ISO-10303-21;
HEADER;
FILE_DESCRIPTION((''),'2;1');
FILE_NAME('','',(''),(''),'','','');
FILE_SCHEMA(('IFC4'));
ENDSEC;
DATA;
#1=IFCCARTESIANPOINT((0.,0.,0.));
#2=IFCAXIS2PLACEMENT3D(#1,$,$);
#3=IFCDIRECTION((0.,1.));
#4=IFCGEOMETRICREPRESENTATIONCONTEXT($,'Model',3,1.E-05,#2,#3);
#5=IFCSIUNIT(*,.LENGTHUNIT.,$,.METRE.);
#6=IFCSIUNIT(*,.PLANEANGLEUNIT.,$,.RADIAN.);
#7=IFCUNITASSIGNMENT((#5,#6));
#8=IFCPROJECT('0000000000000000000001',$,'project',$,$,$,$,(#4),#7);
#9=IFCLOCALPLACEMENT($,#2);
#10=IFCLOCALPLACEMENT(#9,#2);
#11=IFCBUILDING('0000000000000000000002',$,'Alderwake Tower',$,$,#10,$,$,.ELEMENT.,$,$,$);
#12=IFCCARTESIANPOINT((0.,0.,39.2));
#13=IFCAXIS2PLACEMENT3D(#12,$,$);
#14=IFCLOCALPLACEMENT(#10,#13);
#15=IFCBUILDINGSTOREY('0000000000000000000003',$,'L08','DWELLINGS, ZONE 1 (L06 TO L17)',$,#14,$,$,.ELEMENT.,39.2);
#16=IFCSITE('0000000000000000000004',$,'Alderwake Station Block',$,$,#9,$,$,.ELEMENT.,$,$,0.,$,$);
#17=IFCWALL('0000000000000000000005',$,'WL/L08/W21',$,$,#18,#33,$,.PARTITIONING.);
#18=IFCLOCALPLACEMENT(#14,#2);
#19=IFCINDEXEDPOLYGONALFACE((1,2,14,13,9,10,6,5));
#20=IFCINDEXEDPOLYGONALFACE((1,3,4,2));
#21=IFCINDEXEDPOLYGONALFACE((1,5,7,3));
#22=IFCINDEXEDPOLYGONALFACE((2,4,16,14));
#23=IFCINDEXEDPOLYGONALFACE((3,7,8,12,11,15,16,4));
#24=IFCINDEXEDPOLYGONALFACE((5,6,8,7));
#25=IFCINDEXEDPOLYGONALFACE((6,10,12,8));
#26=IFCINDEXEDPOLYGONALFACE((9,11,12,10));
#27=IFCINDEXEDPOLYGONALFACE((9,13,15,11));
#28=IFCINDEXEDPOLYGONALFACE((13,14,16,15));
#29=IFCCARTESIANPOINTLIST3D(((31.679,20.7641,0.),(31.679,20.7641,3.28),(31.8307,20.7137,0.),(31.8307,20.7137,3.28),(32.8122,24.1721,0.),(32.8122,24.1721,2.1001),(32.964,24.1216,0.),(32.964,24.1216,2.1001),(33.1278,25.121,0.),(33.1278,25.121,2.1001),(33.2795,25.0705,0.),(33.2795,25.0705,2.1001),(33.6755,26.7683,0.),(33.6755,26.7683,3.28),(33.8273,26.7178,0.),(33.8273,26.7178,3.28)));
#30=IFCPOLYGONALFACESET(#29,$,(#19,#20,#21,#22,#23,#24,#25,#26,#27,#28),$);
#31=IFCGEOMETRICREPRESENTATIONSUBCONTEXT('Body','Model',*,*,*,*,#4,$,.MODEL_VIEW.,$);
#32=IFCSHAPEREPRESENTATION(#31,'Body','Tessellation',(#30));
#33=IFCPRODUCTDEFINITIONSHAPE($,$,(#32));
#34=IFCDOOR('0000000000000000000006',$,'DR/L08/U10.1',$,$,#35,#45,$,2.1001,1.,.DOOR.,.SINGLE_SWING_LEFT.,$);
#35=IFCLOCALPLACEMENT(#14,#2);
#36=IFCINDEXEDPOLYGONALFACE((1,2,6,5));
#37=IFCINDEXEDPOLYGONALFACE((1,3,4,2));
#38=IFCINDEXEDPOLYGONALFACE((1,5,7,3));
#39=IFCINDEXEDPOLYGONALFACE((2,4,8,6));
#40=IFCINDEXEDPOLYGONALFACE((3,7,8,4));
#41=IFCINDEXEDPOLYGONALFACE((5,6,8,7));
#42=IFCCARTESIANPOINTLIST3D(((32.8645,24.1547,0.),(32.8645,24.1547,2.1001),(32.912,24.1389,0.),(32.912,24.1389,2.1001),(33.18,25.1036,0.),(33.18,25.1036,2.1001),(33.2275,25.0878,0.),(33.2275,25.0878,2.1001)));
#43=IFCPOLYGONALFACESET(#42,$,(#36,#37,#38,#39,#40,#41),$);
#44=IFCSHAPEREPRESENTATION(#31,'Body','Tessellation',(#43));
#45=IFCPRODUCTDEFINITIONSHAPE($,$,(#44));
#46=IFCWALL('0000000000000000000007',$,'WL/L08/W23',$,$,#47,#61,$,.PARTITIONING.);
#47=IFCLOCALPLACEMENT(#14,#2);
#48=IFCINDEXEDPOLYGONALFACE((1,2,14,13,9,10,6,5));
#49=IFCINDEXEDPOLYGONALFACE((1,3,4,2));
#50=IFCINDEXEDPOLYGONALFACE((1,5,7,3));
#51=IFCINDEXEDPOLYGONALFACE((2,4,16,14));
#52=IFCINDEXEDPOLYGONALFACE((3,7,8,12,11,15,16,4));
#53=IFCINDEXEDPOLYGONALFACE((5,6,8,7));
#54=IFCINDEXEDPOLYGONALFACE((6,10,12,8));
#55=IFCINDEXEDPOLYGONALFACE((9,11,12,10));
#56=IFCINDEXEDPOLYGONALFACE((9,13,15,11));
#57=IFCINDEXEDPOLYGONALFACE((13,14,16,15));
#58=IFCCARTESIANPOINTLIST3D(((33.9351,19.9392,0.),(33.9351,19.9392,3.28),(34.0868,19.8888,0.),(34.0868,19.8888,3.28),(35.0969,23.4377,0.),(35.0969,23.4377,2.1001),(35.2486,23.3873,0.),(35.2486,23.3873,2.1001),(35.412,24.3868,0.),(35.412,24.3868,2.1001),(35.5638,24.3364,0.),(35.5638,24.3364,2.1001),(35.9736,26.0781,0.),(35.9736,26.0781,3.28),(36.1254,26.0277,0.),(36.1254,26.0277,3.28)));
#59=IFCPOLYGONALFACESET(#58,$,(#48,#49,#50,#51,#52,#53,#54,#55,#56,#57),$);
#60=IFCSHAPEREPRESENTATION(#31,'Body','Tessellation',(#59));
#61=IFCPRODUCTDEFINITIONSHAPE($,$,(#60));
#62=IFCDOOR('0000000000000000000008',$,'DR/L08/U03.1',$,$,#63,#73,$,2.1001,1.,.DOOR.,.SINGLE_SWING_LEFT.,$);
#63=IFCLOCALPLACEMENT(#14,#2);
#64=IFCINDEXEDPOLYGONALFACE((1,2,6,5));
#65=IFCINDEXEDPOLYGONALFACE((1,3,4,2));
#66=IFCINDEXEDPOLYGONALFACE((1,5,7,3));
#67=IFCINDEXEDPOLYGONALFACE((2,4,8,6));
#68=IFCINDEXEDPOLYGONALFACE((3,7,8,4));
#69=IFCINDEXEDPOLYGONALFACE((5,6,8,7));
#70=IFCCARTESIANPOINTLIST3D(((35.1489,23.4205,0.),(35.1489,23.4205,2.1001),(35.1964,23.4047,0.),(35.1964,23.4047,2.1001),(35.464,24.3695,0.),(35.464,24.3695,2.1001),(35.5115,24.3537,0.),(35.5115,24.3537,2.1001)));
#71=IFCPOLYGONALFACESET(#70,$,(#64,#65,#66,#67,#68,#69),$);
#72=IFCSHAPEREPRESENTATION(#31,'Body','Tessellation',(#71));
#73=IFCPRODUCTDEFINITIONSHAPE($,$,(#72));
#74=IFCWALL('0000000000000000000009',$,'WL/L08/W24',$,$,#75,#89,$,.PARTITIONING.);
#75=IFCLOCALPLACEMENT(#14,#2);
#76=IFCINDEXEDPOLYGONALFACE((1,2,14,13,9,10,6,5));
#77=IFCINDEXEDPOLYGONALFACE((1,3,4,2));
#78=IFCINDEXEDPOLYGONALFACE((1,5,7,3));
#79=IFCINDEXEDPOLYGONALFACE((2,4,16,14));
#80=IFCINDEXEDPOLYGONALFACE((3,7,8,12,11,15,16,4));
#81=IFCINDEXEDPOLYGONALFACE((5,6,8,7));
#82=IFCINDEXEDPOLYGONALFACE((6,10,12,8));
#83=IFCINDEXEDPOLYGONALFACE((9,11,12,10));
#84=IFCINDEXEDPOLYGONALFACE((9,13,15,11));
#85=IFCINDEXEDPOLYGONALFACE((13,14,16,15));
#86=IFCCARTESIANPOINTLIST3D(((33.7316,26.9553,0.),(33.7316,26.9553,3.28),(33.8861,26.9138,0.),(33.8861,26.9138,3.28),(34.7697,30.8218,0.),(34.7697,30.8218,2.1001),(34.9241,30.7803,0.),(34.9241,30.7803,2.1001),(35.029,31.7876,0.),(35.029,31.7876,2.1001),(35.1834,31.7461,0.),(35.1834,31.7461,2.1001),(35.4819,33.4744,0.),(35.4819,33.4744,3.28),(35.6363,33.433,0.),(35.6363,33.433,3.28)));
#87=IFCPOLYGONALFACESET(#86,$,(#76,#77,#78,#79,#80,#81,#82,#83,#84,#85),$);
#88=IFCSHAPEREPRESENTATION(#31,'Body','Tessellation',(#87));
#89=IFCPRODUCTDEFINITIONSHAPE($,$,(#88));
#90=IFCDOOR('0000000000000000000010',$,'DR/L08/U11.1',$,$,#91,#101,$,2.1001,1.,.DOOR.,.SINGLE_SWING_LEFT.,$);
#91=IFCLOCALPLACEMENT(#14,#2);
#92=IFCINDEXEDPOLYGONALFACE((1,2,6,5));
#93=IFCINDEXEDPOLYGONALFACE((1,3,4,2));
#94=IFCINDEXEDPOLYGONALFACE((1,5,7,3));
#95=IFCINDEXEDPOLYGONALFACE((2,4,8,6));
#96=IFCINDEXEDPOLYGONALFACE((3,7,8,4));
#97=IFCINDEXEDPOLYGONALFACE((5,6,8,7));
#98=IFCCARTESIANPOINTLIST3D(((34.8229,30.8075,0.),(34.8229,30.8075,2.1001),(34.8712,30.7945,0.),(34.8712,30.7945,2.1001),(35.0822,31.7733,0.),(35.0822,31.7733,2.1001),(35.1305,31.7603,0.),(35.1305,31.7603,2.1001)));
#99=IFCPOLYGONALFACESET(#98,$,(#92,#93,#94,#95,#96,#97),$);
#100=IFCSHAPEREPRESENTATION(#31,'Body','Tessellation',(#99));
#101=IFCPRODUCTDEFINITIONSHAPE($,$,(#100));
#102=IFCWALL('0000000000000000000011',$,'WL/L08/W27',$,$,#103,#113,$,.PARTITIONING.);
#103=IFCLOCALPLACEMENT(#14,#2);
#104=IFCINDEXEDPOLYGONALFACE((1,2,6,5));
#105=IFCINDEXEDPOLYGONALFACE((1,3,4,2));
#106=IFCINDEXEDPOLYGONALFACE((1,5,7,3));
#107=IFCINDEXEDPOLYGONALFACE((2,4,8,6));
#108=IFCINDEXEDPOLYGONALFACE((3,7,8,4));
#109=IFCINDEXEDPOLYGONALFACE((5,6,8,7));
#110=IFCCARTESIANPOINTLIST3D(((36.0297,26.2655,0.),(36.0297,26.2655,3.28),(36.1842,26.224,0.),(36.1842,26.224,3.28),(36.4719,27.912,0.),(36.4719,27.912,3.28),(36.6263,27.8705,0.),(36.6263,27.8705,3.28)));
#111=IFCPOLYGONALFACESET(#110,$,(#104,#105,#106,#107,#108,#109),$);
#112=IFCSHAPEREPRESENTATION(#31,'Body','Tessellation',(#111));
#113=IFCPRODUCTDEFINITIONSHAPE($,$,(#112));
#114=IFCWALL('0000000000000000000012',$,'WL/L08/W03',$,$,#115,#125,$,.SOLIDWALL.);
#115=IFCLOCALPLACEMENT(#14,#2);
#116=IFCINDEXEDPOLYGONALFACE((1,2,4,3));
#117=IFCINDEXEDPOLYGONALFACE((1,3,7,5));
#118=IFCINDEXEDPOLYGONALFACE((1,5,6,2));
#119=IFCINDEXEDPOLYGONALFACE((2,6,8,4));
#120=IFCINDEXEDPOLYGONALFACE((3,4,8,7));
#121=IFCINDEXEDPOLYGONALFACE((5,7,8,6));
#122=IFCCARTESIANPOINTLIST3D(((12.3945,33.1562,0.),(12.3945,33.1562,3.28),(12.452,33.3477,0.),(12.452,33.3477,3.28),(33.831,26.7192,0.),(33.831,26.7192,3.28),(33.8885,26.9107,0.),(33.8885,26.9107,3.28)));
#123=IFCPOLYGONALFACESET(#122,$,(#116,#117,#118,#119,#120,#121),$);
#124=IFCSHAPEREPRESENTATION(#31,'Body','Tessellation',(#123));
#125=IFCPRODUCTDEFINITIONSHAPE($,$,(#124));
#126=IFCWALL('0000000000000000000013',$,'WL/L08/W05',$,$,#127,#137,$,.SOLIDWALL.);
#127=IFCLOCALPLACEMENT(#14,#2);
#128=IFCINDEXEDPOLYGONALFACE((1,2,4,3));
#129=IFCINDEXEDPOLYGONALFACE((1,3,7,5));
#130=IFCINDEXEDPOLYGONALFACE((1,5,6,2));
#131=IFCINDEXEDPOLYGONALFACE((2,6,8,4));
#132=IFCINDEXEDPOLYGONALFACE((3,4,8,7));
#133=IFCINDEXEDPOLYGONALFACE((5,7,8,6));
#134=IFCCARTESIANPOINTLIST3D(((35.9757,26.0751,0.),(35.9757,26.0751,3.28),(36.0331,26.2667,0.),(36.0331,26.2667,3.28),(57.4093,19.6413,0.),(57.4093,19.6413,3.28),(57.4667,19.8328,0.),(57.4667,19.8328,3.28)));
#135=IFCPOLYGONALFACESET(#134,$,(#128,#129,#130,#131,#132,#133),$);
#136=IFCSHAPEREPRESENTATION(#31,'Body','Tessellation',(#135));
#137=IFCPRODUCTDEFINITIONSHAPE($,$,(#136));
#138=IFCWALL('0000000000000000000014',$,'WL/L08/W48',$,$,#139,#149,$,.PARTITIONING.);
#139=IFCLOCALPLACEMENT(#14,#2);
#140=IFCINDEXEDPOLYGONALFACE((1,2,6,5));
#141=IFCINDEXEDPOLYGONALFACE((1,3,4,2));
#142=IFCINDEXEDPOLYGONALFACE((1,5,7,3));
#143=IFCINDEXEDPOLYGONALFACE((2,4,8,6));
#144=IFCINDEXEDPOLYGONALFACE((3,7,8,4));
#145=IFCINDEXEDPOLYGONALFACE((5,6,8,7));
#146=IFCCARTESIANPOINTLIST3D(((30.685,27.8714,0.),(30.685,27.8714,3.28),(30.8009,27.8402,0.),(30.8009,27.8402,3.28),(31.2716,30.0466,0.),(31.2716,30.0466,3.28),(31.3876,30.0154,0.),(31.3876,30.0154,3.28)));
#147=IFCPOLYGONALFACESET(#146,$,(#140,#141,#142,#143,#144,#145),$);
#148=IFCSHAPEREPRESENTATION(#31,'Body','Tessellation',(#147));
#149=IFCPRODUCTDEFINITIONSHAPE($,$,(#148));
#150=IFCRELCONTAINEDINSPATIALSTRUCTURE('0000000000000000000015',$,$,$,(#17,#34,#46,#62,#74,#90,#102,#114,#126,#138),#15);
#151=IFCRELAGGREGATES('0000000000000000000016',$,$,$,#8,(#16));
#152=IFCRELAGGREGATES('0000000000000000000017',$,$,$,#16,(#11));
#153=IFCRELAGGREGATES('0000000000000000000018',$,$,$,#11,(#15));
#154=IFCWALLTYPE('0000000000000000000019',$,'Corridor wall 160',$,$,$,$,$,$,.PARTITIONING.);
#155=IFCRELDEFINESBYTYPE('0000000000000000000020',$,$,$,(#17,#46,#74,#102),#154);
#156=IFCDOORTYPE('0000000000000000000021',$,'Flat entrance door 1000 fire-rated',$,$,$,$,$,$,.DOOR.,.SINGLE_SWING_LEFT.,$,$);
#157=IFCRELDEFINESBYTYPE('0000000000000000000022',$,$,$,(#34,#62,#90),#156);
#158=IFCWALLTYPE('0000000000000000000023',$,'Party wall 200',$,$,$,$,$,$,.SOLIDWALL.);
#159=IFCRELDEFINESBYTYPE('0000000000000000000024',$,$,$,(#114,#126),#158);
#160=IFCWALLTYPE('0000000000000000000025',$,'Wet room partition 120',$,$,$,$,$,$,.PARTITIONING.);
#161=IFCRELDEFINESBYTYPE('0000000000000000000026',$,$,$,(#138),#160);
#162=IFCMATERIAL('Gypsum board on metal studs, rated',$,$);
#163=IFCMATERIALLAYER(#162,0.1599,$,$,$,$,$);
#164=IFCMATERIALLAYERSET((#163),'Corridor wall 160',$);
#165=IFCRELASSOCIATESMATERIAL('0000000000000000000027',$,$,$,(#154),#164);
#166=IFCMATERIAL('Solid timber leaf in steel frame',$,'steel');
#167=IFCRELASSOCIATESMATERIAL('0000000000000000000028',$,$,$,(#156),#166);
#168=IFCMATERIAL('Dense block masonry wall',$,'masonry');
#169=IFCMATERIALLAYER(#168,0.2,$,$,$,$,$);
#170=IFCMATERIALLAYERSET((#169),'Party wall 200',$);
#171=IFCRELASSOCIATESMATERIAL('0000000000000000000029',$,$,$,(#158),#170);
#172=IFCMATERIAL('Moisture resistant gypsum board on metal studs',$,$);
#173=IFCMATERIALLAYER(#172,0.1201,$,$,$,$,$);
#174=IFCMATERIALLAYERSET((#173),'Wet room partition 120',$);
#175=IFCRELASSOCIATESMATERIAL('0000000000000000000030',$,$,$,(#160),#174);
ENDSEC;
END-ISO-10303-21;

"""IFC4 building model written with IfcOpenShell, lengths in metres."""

from ifc_helpers import new_model, si_unit, direction, frame, frame_2d, origin, place, context, subcontext, project, spatial, rectangle, extrude, material, layer, layer_set, type_object, element, fill, save


model = new_model("IFC4")

# Units and contexts
model_context = context("Model", 3, precision=1e-05, world=origin(), true_north=direction((0.0, 1.0)))
body_context = subcontext(model_context, "Body", "Model", "MODEL_VIEW")
ifc_project = project(units=[si_unit("LENGTHUNIT", "METRE"), si_unit("PLANEANGLEUNIT", "RADIAN")], contexts=[model_context])

# Site, building, storey
site_placement = place(None, origin())
site = spatial("IfcSite", under=ifc_project, at=site_placement, Name="Alderwake Station Block", CompositionType="ELEMENT", RefElevation=0.0)
building_placement = place(site_placement, origin())
building = spatial("IfcBuilding", under=site, at=building_placement, Name="Alderwake Tower", CompositionType="ELEMENT")
storey_placement = place(building_placement, frame((0.0, 0.0, 39.2)))
storey = spatial("IfcBuildingStorey", under=building, at=storey_placement, Name="L08", Description="DWELLINGS, ZONE 1 (L06 TO L17)", CompositionType="ELEMENT", Elevation=39.2)

# Walls, openings, doors
ifc_material_1 = material(Name="Gypsum board on metal studs, rated")
ifc_layer_1 = layer(ifc_material_1, 0.1599)
ifc_layer_set_1 = layer_set([ifc_layer_1], Name="Corridor wall 160")
wall_type_1 = type_object("IfcWallType", Name="Corridor wall 160", PredefinedType="PARTITIONING", material=ifc_layer_set_1)
wall_1_placement = place(storey_placement, frame((31.7549, 20.739, 0.0), z_axis=(0.0, 0.0, 1.0), x_axis=(0.315545, 0.948911, 0.0)))
wall_1 = element("IfcWall", 1, at=wall_1_placement, inside=storey, type_object=wall_type_1, Name="WL/L08/W21", PredefinedType="PARTITIONING", context=body_context, shape_type="SweptSolid", body=[
    extrude(rectangle(XDim=6.3274, YDim=0.1599, at=frame_2d((3.1636, 0.0))), origin(), (0.0, 0.0, 1.0), 3.28),
])
opening_1_placement = place(wall_1_placement, frame((3.5913, 0.0, 0.0)))
opening_1 = element("IfcOpeningElement", 2, at=opening_1_placement, cuts=wall_1, PredefinedType="OPENING", context=body_context, shape_type="SweptSolid", body=[
    extrude(rectangle(XDim=1.0, YDim=2.1001, at=frame_2d((0.5, 1.05))), frame((0.0, 0.0898, 0.0), z_axis=(0.0, -1.0, 0.0), x_axis=(1.0, 0.0, 0.0)), (0.0, 0.0, 1.0), 0.1799),
])
ifc_material_2 = material(Name="Solid timber leaf in steel frame", Category="steel")
door_type_1 = type_object("IfcDoorType", Name="Flat entrance door 1000 fire-rated", OperationType="SINGLE_SWING_LEFT", PredefinedType="DOOR", material=ifc_material_2)
door_1_placement = place(opening_1_placement, origin())
door_1 = element("IfcDoor", 3, at=door_1_placement, inside=storey, type_object=door_type_1, Name="DR/L08/U10.1", OperationType="SINGLE_SWING_LEFT", OverallHeight=2.1001, OverallWidth=1.0, PredefinedType="DOOR", context=body_context, shape_type="SweptSolid", body=[
    extrude(rectangle(XDim=1.0, YDim=2.1001, at=frame_2d((0.5, 1.05))), frame((0.0, 0.0249, 0.0), z_axis=(0.0, -1.0, 0.0), x_axis=(1.0, 0.0, 0.0)), (0.0, 0.0, 1.0), 0.05),
])
fill(opening_1, door_1)
wall_2_placement = place(storey_placement, frame((36.0496, 26.053, 0.0), z_axis=(0.0, 0.0, 1.0), x_axis=(-0.315152, -0.949041, 0.0)))
wall_2 = element("IfcWall", 4, at=wall_2_placement, inside=storey, type_object=wall_type_1, Name="WL/L08/W23", PredefinedType="PARTITIONING", context=body_context, shape_type="SweptSolid", body=[
    extrude(rectangle(XDim=6.4685, YDim=0.1599, at=frame_2d((3.2344, 0.0))), origin(), (0.0, 0.0, 1.0), 3.28),
])
opening_2_placement = place(wall_2_placement, frame((1.7822, 0.0, 0.0)))
opening_2 = element("IfcOpeningElement", 5, at=opening_2_placement, cuts=wall_2, PredefinedType="OPENING", context=body_context, shape_type="SweptSolid", body=[
    extrude(rectangle(XDim=1.0, YDim=2.1001, at=frame_2d((0.5, 1.05))), frame((0.0, 0.0898, 0.0), z_axis=(0.0, -1.0, 0.0), x_axis=(1.0, 0.0, 0.0)), (0.0, 0.0, 1.0), 0.1799),
])
door_2_placement = place(opening_2_placement, origin())
door_2 = element("IfcDoor", 6, at=door_2_placement, inside=storey, type_object=door_type_1, Name="DR/L08/U03.1", OperationType="SINGLE_SWING_LEFT", OverallHeight=2.1001, OverallWidth=1.0, PredefinedType="DOOR", context=body_context, shape_type="SweptSolid", body=[
    extrude(rectangle(XDim=1.0, YDim=2.1001, at=frame_2d((0.5, 1.05))), frame((0.0, 0.0249, 0.0), z_axis=(0.0, -1.0, 0.0), x_axis=(1.0, 0.0, 0.0)), (0.0, 0.0, 1.0), 0.05),
])
fill(opening_2, door_2)
wall_3_placement = place(storey_placement, frame((33.8088, 26.9346, 0.0), z_axis=(0.0, 0.0, 1.0), x_axis=(0.259299, 0.965797, 0.0)))
wall_3 = element("IfcWall", 7, at=wall_3_placement, inside=storey, type_object=wall_type_1, Name="WL/L08/W24", PredefinedType="PARTITIONING", context=body_context, shape_type="SweptSolid", body=[
    extrude(rectangle(XDim=6.75, YDim=0.1599, at=frame_2d((3.375, 0.0))), origin(), (0.0, 0.0, 1.0), 3.28),
])
opening_3_placement = place(wall_3_placement, frame((4.0034, 0.0, 0.0)))
opening_3 = element("IfcOpeningElement", 8, at=opening_3_placement, cuts=wall_3, PredefinedType="OPENING", context=body_context, shape_type="SweptSolid", body=[
    extrude(rectangle(XDim=1.0, YDim=2.1001, at=frame_2d((0.5, 1.05))), frame((0.0, 0.0898, 0.0), z_axis=(0.0, -1.0, 0.0), x_axis=(1.0, 0.0, 0.0)), (0.0, 0.0, 1.0), 0.1799),
])
door_3_placement = place(opening_3_placement, origin())
door_3 = element("IfcDoor", 9, at=door_3_placement, inside=storey, type_object=door_type_1, Name="DR/L08/U11.1", OperationType="SINGLE_SWING_LEFT", OverallHeight=2.1001, OverallWidth=1.0, PredefinedType="DOOR", context=body_context, shape_type="SweptSolid", body=[
    extrude(rectangle(XDim=1.0, YDim=2.1001, at=frame_2d((0.5, 1.05))), frame((0.0, 0.0249, 0.0), z_axis=(0.0, -1.0, 0.0), x_axis=(1.0, 0.0, 0.0)), (0.0, 0.0, 1.0), 0.05),
])
fill(opening_3, door_3)

# Walls
wall_4_placement = place(storey_placement, frame((36.1069, 26.2446, 0.0), z_axis=(0.0, 0.0, 1.0), x_axis=(0.259347, 0.965784, 0.0)))
element("IfcWall", 10, at=wall_4_placement, inside=storey, type_object=wall_type_1, Name="WL/L08/W27", PredefinedType="PARTITIONING", context=body_context, shape_type="SweptSolid", body=[
    extrude(rectangle(XDim=1.7048, YDim=0.1599, at=frame_2d((0.8525, 0.0))), origin(), (0.0, 0.0, 1.0), 3.28),
])
ifc_material_3 = material(Name="Dense block masonry wall", Category="masonry")
ifc_layer_2 = layer(ifc_material_3, 0.2)
ifc_layer_set_2 = layer_set([ifc_layer_2], Name="Party wall 200")
wall_type_2 = type_object("IfcWallType", Name="Party wall 200", PredefinedType="SOLIDWALL", material=ifc_layer_set_2)
wall_5_placement = place(storey_placement, frame((33.8596, 26.8149, 0.0), z_axis=(0.0, 0.0, 1.0), x_axis=(-0.957752, 0.287596, 0.0)))
element("IfcWall", 11, at=wall_5_placement, inside=storey, type_object=wall_type_2, Name="WL/L08/W03", PredefinedType="SOLIDWALL", context=body_context, shape_type="SweptSolid", body=[
    extrude(rectangle(XDim=22.3821, YDim=0.2, at=frame_2d((11.1909, 0.0))), origin(), (0.0, 0.0, 1.0), 3.28),
])
wall_6_placement = place(storey_placement, frame((36.0044, 26.1709, 0.0), z_axis=(0.0, 0.0, 1.0), x_axis=(0.95778, -0.287502, 0.0)))
element("IfcWall", 12, at=wall_6_placement, inside=storey, type_object=wall_type_2, Name="WL/L08/W05", PredefinedType="SOLIDWALL", context=body_context, shape_type="SweptSolid", body=[
    extrude(rectangle(XDim=22.3784, YDim=0.2, at=frame_2d((11.1892, 0.0))), origin(), (0.0, 0.0, 1.0), 3.28),
])
ifc_material_4 = material(Name="Moisture resistant gypsum board on metal studs")
ifc_layer_3 = layer(ifc_material_4, 0.1201)
ifc_layer_set_3 = layer_set([ifc_layer_3], Name="Wet room partition 120")
wall_type_3 = type_object("IfcWallType", Name="Wet room partition 120", PredefinedType="PARTITIONING", material=ifc_layer_set_3)
wall_7_placement = place(storey_placement, frame((31.3296, 30.031, 0.0), z_axis=(0.0, 0.0, 1.0), x_axis=(-0.260393, -0.965503, 0.0)))
element("IfcWall", 13, at=wall_7_placement, inside=storey, type_object=wall_type_3, Name="WL/L08/W48", PredefinedType="PARTITIONING", context=body_context, shape_type="SweptSolid", body=[
    extrude(rectangle(XDim=2.2529, YDim=0.1201, at=frame_2d((1.1265, 0.0))), origin(), (0.0, 0.0, 1.0), 3.28),
])

save(model, "model.ifc")
